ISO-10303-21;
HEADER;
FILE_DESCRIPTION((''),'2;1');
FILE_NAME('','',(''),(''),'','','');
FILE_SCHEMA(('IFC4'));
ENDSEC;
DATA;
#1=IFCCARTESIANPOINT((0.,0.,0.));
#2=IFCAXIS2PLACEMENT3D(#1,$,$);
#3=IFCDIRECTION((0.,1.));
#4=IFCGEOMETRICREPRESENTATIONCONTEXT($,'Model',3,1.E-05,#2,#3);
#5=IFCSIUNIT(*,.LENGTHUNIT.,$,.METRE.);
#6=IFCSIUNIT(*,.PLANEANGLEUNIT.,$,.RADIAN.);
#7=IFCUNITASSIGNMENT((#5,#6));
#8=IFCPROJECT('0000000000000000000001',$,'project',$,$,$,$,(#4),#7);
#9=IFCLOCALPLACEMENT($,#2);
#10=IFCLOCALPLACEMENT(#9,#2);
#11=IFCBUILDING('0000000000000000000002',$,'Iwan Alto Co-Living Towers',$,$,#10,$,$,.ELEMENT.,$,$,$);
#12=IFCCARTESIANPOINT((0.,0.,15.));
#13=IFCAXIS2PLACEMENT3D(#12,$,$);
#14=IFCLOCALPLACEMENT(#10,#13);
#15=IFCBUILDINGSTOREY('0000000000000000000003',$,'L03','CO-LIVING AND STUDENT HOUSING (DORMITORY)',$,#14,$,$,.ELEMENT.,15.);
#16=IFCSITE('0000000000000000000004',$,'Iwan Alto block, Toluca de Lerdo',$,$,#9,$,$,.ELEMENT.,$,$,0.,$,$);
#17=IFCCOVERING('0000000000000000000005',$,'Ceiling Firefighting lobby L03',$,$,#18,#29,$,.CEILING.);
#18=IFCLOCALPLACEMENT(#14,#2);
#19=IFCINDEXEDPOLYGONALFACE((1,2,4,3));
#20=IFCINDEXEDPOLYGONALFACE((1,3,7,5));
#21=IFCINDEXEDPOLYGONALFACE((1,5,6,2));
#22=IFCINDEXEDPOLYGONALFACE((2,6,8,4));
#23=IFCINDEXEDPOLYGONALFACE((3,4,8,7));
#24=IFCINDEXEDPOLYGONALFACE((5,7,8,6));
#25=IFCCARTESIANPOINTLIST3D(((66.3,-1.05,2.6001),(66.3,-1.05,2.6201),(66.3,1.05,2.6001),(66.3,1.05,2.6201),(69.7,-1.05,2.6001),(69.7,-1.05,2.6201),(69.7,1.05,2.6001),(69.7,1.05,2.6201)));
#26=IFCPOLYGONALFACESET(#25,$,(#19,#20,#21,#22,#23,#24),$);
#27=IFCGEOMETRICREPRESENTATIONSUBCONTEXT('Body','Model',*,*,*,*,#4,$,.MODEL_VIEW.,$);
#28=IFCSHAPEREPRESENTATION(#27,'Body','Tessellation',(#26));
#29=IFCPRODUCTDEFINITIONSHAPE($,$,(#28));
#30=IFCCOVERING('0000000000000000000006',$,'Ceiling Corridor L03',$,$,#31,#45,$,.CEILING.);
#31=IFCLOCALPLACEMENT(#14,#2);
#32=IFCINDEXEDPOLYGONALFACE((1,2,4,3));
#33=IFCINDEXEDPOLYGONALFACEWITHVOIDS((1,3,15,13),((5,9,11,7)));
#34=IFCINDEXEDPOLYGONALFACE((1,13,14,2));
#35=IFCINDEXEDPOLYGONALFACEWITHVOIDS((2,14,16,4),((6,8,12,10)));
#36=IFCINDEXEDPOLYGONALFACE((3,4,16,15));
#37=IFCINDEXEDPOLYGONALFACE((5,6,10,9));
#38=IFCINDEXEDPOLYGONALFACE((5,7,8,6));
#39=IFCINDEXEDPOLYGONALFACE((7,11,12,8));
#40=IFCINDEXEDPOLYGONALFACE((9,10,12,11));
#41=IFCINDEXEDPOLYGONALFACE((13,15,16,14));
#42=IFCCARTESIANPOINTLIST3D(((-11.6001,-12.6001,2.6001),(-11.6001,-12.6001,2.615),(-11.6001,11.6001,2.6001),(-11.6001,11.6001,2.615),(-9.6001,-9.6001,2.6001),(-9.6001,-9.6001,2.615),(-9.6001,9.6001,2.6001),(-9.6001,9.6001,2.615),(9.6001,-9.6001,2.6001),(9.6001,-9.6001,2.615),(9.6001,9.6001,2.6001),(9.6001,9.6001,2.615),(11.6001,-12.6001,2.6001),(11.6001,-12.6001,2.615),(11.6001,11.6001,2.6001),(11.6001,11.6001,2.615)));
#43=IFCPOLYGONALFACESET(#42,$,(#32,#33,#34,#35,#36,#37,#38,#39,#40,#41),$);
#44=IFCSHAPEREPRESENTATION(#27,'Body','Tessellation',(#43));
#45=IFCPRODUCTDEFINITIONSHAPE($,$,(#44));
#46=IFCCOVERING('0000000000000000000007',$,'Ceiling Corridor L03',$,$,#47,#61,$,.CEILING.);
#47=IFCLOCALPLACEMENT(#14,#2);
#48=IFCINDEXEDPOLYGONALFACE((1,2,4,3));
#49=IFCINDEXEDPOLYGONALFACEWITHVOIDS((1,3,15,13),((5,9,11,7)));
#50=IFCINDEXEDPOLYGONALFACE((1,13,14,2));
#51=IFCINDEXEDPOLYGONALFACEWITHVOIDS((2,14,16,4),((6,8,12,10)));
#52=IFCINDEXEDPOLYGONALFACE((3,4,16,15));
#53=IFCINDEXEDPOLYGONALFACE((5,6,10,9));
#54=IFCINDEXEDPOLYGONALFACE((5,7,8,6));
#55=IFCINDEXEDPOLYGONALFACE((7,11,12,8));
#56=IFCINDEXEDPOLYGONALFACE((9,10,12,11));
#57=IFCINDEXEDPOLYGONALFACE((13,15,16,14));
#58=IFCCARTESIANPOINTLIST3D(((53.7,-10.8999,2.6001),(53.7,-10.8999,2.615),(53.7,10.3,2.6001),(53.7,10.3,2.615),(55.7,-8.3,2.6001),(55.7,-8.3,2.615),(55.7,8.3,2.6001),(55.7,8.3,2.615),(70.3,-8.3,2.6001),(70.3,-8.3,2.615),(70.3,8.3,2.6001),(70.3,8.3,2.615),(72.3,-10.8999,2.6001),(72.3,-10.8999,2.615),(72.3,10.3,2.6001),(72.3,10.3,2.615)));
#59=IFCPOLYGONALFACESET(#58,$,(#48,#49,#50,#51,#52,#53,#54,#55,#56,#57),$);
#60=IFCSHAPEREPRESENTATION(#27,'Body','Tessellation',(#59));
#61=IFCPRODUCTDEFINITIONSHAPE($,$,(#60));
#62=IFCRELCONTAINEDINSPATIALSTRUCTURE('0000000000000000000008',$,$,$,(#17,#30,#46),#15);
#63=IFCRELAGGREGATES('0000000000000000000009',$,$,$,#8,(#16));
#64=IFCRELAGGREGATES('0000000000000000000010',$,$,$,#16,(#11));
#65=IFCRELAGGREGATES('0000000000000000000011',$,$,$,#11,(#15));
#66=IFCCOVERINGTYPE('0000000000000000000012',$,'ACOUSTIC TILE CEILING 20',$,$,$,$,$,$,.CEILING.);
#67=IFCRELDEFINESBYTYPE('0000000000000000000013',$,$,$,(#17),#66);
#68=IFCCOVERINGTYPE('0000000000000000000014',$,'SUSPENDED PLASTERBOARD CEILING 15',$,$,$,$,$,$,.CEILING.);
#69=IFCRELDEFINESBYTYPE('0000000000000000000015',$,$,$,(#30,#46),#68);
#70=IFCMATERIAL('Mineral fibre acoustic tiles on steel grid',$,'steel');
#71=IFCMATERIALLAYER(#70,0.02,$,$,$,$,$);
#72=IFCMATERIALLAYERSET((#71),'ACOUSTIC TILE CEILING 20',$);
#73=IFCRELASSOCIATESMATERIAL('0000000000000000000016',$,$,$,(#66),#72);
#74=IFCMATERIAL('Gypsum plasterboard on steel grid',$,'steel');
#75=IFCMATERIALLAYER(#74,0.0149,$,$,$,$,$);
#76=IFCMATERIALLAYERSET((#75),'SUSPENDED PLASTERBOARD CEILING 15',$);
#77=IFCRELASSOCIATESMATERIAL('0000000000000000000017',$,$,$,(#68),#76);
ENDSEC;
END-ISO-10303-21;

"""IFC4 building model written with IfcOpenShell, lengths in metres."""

from ifc_helpers import new_model, si_unit, direction, frame, origin, place, context, subcontext, project, spatial, polyline, outline, extrude, material, layer, layer_set, type_object, element, save


model = new_model("IFC4")

# Units and contexts
model_context = context("Model", 3, precision=1e-05, world=origin(), true_north=direction((0.0, 1.0)))
body_context = subcontext(model_context, "Body", "Model", "MODEL_VIEW")
ifc_project = project(units=[si_unit("LENGTHUNIT", "METRE"), si_unit("PLANEANGLEUNIT", "RADIAN")], contexts=[model_context])

# Site, building, storey
site_placement = place(None, origin())
site = spatial("IfcSite", under=ifc_project, at=site_placement, Name="Iwan Alto block, Toluca de Lerdo", CompositionType="ELEMENT", RefElevation=0.0)
building_placement = place(site_placement, origin())
building = spatial("IfcBuilding", under=site, at=building_placement, Name="Iwan Alto Co-Living Towers", CompositionType="ELEMENT")
storey_placement = place(building_placement, frame((0.0, 0.0, 15.0)))
storey = spatial("IfcBuildingStorey", under=building, at=storey_placement, Name="L03", Description="CO-LIVING AND STUDENT HOUSING (DORMITORY)", CompositionType="ELEMENT", Elevation=15.0)

# Coverings
ifc_material_1 = material(Name="Mineral fibre acoustic tiles on steel grid", Category="steel")
ifc_layer_1 = layer(ifc_material_1, 0.02)
ifc_layer_set_1 = layer_set([ifc_layer_1], Name="ACOUSTIC TILE CEILING 20")
covering_type_1 = type_object("IfcCoveringType", Name="ACOUSTIC TILE CEILING 20", PredefinedType="CEILING", material=ifc_layer_set_1)
covering_1_placement = place(storey_placement, frame((0.0, 0.0, 2.6001)))
element("IfcCovering", 1, at=covering_1_placement, inside=storey, type_object=covering_type_1, Name="Ceiling Firefighting lobby L03", PredefinedType="CEILING", context=body_context, shape_type="SweptSolid", body=[
    extrude(outline(polyline([(66.3, -1.05), (66.3, 1.05), (69.7, 1.05), (69.7, -1.05), (66.3, -1.05)])), origin(), (0.0, 0.0, 1.0), 0.02),
])
ifc_material_2 = material(Name="Gypsum plasterboard on steel grid", Category="steel")
ifc_layer_2 = layer(ifc_material_2, 0.0149)
ifc_layer_set_2 = layer_set([ifc_layer_2], Name="SUSPENDED PLASTERBOARD CEILING 15")
covering_type_2 = type_object("IfcCoveringType", Name="SUSPENDED PLASTERBOARD CEILING 15", PredefinedType="CEILING", material=ifc_layer_set_2)
covering_2_placement = place(storey_placement, frame((0.0, 0.0, 2.6001)))
element("IfcCovering", 2, at=covering_2_placement, inside=storey, type_object=covering_type_2, Name="Ceiling Corridor L03", PredefinedType="CEILING", context=body_context, shape_type="SweptSolid", body=[
    extrude(outline(polyline([(-11.6001, 11.6001), (11.6001, 11.6001), (11.6001, -12.6001), (-11.6001, -12.6001), (-11.6001, 11.6001)]), holes=[polyline([(-9.6001, 9.6001), (-9.6001, -9.6001), (9.6001, -9.6001), (9.6001, 9.6001), (-9.6001, 9.6001)])]), origin(), (0.0, 0.0, 1.0), 0.0149),
])
covering_3_placement = place(storey_placement, frame((0.0, 0.0, 2.6001)))
element("IfcCovering", 3, at=covering_3_placement, inside=storey, type_object=covering_type_2, Name="Ceiling Corridor L03", PredefinedType="CEILING", context=body_context, shape_type="SweptSolid", body=[
    extrude(outline(polyline([(53.7, 10.3), (72.3, 10.3), (72.3, -10.8999), (53.7, -10.8999), (53.7, 10.3)]), holes=[polyline([(55.7, 8.3), (55.7, -8.3), (70.3, -8.3), (70.3, 8.3), (55.7, 8.3)])]), origin(), (0.0, 0.0, 1.0), 0.0149),
])

save(model, "model.ifc")
